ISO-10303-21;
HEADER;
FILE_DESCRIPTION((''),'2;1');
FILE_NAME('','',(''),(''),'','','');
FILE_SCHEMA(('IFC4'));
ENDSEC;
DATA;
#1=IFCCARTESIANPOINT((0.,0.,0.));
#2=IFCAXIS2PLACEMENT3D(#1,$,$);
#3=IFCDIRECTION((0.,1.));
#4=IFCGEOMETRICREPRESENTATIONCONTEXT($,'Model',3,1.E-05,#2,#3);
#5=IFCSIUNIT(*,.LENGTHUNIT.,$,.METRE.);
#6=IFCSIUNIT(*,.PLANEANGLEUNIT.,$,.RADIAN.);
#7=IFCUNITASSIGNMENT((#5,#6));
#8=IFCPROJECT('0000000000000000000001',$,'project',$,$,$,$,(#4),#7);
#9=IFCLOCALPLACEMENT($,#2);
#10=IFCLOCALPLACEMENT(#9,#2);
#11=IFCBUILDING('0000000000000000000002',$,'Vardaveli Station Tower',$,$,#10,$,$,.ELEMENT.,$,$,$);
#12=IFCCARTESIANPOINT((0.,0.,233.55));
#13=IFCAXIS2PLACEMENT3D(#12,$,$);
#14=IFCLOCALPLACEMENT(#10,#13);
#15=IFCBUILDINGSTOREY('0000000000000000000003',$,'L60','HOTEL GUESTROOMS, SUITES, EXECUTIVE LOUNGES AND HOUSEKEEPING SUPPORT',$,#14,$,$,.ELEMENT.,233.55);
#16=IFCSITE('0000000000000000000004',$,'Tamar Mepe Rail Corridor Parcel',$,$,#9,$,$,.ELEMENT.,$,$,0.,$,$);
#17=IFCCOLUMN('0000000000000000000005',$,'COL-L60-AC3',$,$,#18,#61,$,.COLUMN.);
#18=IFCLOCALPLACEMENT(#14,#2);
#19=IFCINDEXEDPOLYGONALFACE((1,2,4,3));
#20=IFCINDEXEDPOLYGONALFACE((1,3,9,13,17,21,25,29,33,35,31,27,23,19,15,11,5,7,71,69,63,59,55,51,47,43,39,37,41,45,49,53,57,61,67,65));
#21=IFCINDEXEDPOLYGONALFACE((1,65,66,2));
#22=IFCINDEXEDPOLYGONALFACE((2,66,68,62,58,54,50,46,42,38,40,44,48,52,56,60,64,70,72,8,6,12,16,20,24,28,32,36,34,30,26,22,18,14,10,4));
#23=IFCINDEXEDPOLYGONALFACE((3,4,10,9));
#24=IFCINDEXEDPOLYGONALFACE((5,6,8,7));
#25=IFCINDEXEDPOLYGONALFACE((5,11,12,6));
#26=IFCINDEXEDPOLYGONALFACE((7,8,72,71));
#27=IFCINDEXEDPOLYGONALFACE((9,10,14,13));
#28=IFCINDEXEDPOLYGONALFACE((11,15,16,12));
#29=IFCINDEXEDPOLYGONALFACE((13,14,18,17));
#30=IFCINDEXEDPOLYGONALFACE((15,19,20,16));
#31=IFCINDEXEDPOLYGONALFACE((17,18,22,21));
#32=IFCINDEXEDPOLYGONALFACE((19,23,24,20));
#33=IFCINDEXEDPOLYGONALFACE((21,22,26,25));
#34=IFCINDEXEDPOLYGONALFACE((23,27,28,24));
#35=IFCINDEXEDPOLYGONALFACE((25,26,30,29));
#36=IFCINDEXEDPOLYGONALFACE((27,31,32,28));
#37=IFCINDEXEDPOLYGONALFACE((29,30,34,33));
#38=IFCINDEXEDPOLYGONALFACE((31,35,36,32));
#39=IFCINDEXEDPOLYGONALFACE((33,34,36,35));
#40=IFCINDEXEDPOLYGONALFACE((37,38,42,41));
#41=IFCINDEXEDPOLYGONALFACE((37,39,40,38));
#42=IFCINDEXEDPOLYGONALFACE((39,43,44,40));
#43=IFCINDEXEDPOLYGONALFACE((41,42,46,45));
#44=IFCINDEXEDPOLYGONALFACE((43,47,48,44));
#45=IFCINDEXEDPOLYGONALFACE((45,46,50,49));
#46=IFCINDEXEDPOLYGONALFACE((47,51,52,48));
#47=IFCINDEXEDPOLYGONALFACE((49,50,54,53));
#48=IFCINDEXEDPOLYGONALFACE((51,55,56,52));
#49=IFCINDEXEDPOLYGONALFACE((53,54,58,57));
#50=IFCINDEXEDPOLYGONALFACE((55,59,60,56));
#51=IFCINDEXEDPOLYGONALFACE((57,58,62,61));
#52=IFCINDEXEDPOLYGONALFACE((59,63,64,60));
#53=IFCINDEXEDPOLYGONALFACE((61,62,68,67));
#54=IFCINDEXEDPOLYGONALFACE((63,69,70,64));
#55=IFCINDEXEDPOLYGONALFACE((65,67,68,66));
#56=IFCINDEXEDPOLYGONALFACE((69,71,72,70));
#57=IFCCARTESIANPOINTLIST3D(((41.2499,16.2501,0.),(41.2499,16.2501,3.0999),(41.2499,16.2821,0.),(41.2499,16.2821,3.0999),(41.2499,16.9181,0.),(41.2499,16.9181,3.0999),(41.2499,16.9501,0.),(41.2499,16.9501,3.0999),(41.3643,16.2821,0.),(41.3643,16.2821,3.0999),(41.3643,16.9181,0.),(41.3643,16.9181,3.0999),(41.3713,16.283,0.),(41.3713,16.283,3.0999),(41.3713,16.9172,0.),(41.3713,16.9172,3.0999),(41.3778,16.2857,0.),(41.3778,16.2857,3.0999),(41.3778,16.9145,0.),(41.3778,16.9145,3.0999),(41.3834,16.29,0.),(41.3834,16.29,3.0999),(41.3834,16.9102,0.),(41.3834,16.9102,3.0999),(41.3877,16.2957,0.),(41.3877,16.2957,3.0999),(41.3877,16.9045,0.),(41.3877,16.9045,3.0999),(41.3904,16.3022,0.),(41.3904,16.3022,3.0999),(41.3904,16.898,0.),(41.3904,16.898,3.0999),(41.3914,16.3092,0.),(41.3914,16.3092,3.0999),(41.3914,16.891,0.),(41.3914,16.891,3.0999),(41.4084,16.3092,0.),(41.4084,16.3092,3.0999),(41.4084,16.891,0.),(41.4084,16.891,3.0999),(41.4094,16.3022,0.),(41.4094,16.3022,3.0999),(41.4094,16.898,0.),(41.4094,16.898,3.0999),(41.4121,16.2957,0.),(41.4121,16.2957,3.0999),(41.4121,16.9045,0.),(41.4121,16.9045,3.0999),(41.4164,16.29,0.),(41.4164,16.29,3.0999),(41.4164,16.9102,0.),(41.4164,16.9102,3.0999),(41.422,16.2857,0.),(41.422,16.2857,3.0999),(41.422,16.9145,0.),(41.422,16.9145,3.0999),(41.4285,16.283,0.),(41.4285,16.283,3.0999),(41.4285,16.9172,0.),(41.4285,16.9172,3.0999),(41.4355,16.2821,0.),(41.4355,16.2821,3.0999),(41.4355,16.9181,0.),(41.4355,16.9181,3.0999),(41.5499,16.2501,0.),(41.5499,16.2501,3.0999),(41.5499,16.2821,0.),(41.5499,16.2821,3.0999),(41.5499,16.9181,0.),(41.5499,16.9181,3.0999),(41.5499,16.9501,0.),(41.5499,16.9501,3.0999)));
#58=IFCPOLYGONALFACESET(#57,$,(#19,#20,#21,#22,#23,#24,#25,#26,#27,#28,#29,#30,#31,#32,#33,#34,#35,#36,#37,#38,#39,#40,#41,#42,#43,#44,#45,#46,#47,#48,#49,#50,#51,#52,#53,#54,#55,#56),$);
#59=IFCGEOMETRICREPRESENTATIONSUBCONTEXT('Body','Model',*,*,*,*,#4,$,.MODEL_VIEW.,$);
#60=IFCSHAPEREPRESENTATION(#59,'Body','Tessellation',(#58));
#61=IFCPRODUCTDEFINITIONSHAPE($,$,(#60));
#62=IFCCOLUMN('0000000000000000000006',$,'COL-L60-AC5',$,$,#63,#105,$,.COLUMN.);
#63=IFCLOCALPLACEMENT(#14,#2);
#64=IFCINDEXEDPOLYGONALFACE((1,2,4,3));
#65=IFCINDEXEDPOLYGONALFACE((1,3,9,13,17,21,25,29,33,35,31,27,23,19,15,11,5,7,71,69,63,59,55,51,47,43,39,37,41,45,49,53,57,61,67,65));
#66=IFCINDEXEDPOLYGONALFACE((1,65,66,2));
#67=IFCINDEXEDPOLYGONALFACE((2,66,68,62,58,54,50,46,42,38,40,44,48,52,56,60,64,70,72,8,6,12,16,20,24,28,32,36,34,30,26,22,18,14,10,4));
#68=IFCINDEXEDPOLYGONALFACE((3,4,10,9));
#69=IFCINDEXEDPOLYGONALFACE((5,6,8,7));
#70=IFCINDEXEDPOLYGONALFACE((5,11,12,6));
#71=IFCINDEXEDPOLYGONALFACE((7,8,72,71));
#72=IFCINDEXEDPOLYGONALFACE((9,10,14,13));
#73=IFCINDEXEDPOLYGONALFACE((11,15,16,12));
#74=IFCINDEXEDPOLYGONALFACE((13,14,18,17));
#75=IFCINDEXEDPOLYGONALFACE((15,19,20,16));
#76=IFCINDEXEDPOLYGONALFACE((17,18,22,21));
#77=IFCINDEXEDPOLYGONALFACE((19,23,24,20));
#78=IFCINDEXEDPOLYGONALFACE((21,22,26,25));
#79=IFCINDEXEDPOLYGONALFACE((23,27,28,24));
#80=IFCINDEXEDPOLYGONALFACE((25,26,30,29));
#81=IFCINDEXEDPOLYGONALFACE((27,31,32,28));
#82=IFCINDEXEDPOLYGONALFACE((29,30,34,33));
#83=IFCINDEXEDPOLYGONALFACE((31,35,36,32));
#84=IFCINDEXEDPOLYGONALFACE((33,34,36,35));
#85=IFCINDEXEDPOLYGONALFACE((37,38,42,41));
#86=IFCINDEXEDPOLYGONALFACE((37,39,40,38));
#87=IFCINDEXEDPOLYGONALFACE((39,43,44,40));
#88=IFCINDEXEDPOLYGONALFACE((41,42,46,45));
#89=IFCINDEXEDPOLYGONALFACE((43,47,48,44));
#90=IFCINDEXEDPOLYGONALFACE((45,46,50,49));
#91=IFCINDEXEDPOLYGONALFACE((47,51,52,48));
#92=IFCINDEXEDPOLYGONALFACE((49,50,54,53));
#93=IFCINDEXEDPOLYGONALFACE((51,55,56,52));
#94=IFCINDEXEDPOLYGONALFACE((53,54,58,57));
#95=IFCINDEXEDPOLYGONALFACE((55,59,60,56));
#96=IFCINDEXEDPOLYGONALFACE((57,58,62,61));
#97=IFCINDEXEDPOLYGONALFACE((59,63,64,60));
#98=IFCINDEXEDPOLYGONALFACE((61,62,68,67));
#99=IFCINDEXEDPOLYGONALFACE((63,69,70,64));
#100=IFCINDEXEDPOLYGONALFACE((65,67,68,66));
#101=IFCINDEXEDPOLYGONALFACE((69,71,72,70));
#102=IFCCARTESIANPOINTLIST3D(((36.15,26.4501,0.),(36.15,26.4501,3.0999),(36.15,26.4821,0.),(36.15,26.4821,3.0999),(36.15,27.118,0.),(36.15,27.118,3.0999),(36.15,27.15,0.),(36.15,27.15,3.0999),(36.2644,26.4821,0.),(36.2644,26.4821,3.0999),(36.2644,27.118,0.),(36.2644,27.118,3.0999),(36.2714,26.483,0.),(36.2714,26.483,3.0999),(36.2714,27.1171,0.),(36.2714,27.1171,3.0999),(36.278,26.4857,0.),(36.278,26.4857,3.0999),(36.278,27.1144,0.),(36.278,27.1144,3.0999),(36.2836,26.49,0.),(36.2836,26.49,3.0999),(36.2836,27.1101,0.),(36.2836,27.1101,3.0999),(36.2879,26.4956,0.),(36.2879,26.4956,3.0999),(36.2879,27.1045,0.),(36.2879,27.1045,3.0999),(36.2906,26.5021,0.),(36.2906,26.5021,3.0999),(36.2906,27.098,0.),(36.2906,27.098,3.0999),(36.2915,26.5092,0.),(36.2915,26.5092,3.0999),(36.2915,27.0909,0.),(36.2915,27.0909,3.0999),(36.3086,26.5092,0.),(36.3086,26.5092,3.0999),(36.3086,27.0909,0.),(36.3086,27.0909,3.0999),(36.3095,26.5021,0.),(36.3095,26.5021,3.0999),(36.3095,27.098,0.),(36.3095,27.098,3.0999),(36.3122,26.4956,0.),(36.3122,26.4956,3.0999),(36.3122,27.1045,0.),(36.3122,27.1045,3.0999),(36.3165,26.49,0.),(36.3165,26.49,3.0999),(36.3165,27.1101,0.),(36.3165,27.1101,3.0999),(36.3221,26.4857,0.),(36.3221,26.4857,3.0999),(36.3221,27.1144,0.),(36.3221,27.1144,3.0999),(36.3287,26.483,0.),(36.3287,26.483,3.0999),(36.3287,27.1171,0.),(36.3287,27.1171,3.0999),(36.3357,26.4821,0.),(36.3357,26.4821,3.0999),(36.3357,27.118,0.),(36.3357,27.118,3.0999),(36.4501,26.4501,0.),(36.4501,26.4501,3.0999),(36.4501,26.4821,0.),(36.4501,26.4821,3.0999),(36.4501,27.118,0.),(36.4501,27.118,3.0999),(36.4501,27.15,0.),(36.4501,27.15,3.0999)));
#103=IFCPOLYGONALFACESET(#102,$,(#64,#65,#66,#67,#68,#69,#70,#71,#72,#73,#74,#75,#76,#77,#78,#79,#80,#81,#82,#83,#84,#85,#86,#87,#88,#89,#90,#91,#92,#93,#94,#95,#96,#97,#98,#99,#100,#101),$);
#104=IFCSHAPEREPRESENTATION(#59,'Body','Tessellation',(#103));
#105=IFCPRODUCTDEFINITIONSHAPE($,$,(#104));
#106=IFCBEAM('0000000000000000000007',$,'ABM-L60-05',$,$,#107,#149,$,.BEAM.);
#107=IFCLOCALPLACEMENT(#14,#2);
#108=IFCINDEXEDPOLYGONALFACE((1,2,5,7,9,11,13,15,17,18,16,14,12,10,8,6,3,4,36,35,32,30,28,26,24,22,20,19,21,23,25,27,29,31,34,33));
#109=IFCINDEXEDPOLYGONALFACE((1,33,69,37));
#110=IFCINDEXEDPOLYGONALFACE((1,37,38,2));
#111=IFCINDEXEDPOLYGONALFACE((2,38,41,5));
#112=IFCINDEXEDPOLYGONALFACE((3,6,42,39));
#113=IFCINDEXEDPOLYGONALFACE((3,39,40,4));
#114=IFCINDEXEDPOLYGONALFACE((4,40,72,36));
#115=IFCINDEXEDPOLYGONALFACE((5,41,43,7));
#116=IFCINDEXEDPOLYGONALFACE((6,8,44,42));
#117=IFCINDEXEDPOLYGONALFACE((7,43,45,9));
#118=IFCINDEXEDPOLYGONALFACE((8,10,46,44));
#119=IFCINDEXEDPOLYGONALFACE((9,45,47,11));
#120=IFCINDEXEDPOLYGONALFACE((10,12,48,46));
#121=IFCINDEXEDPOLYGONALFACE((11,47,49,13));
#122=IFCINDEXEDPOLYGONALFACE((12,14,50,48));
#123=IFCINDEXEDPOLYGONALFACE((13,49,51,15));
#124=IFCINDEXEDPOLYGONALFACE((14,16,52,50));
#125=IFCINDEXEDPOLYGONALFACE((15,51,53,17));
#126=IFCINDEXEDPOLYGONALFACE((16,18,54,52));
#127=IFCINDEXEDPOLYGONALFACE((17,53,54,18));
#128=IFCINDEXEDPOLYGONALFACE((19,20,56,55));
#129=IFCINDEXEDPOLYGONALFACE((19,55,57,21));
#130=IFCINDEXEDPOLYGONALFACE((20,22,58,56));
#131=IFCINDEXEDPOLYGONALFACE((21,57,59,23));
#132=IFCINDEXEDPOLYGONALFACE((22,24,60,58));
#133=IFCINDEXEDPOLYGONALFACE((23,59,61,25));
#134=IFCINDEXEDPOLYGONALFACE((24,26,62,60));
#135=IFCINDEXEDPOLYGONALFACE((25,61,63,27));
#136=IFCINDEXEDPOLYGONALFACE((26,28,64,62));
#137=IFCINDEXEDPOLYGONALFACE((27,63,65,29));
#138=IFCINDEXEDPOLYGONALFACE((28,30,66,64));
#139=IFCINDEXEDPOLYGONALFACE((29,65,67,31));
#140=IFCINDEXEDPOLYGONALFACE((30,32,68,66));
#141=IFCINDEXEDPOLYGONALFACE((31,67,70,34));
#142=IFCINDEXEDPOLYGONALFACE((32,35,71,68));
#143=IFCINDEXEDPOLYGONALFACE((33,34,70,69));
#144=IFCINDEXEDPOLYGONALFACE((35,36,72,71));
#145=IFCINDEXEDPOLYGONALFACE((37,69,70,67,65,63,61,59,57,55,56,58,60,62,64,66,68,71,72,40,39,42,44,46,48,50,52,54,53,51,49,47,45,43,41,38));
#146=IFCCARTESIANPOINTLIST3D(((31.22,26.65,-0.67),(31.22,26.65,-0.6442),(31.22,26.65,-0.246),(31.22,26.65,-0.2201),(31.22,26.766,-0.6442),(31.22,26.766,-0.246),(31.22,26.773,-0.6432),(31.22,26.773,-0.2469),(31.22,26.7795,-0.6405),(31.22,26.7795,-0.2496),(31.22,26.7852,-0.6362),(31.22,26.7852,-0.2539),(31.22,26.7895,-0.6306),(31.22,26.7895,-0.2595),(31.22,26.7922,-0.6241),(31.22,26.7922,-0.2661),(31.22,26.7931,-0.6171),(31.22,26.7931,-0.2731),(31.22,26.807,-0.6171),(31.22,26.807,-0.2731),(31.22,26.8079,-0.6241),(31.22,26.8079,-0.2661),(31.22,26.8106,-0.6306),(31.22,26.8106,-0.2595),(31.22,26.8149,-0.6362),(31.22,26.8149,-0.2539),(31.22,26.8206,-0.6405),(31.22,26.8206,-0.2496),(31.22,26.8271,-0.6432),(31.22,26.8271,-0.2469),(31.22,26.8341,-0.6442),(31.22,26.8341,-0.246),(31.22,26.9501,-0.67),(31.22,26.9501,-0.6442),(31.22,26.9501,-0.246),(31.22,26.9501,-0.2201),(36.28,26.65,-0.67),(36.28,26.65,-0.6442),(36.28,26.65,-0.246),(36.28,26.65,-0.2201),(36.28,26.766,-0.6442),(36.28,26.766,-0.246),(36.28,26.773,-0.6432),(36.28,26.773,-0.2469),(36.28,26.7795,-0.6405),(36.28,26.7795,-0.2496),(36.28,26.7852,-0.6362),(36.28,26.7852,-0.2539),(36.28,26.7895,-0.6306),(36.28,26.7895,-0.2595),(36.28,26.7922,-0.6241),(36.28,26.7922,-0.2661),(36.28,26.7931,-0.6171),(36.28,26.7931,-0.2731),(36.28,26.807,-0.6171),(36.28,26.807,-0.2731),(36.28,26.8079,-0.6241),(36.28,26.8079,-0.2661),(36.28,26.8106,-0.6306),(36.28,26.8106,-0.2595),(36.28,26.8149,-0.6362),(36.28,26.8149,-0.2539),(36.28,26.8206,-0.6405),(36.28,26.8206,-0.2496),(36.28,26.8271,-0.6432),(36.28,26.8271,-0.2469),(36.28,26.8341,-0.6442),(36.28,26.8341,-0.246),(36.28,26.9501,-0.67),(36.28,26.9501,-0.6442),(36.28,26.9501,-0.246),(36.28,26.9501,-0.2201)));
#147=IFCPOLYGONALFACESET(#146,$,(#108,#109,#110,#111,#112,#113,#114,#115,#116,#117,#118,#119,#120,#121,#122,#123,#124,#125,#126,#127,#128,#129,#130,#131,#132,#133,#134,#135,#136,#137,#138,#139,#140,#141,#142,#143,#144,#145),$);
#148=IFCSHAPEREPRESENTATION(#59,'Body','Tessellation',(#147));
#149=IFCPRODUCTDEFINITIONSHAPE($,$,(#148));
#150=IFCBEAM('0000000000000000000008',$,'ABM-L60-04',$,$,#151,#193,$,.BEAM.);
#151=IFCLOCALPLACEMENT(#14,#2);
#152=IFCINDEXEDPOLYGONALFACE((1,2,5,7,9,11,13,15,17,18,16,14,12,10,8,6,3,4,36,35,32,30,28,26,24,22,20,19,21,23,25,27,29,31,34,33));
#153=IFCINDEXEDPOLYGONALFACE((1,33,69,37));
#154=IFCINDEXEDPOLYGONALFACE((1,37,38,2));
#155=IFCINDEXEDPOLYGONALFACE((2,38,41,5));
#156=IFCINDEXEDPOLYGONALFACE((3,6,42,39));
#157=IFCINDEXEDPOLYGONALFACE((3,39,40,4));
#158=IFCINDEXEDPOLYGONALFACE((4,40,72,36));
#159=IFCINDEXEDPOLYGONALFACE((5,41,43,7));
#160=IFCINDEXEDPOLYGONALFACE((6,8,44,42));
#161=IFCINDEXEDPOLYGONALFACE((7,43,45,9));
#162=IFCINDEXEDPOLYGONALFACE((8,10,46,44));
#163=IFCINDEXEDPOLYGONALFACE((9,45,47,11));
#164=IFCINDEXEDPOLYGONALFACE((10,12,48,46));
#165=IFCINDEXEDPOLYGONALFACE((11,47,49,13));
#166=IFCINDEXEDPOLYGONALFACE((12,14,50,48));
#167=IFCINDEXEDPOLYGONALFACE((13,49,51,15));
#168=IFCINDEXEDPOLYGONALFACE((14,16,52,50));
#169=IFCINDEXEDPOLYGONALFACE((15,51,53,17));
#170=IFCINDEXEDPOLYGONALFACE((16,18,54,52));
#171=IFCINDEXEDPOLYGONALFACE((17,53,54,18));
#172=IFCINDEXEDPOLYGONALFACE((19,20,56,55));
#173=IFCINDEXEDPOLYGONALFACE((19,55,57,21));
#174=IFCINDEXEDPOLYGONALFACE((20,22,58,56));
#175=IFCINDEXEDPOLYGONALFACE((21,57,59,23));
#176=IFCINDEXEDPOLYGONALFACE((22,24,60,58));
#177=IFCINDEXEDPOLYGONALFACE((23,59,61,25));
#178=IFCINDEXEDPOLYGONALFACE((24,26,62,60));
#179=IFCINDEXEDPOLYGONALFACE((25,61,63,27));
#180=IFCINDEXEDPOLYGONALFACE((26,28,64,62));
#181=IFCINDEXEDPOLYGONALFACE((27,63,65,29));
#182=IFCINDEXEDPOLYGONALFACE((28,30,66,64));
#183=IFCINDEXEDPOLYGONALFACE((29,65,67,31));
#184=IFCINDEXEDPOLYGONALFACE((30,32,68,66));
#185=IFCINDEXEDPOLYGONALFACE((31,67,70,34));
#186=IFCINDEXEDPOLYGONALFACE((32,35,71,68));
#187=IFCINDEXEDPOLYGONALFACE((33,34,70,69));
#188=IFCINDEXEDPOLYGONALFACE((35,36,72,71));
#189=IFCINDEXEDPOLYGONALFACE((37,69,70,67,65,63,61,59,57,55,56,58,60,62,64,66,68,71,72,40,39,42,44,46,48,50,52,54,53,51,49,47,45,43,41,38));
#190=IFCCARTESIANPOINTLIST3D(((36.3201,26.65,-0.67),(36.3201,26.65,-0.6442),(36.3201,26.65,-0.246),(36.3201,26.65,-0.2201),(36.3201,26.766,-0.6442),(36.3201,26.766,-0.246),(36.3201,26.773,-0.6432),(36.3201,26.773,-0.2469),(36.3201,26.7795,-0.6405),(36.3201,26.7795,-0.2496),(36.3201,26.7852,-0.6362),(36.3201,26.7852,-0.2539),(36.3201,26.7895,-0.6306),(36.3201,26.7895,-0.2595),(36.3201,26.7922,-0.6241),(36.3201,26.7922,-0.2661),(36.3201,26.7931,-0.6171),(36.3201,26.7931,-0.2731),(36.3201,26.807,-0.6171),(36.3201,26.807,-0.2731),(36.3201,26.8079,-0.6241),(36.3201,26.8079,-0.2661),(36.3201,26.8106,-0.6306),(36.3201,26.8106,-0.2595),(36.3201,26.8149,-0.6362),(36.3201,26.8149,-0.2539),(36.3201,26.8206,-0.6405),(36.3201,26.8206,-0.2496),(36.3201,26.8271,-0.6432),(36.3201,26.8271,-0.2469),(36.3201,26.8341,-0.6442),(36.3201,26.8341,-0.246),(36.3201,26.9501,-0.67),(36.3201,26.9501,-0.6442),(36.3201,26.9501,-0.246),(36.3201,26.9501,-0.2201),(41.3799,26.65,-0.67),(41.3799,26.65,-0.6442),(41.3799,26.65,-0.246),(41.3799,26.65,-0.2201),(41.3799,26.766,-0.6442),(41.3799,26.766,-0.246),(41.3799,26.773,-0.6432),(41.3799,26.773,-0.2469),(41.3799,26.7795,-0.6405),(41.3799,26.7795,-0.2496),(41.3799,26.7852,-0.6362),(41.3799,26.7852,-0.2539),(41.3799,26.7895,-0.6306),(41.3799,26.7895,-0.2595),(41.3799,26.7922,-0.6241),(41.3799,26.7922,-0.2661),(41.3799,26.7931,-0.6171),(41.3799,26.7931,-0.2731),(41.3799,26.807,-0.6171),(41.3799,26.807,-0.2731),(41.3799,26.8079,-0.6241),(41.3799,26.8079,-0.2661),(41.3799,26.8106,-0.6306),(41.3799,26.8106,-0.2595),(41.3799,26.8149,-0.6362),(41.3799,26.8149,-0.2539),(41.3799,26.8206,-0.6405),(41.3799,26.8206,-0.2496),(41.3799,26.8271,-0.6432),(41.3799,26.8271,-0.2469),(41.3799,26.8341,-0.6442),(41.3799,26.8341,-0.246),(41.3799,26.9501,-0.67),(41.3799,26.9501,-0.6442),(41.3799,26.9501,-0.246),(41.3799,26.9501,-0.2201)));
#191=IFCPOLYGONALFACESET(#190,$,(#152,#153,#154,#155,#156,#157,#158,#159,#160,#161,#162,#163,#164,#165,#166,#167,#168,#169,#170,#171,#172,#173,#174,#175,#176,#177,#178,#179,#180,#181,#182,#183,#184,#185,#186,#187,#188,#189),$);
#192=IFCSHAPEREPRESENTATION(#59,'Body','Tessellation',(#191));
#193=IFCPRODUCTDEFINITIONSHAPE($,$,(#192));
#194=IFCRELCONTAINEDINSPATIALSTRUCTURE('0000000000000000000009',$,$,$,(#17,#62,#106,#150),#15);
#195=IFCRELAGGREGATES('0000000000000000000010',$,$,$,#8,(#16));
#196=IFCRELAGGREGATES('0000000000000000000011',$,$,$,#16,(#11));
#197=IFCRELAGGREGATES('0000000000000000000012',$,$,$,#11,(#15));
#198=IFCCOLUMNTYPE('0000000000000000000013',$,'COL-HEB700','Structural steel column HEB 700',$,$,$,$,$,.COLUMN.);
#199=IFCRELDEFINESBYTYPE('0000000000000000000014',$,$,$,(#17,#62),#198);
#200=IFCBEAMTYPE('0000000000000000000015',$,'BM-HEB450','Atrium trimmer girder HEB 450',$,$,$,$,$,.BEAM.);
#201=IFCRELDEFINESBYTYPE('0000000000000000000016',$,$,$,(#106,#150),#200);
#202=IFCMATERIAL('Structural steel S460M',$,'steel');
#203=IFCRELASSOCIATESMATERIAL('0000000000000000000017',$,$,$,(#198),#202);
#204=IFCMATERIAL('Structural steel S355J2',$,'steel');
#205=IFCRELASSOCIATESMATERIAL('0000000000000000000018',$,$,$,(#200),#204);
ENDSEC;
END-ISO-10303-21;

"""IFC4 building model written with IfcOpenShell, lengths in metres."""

from ifc_helpers import new_model, si_unit, direction, frame, origin, origin_2d, place, context, subcontext, project, spatial, i_section, extrude, source, transform, mapped, material, material_profile, profile_set, type_object, element, save


model = new_model("IFC4")

# Units and contexts
model_context = context("Model", 3, precision=1e-05, world=origin(), true_north=direction((0.0, 1.0)))
body_context = subcontext(model_context, "Body", "Model", "MODEL_VIEW")
ifc_project = project(units=[si_unit("LENGTHUNIT", "METRE"), si_unit("PLANEANGLEUNIT", "RADIAN")], contexts=[model_context])

# Site, building, storey
site_placement = place(None, origin())
site = spatial("IfcSite", under=ifc_project, at=site_placement, Name="Tamar Mepe Rail Corridor Parcel", CompositionType="ELEMENT", RefElevation=0.0)
building_placement = place(site_placement, origin())
building = spatial("IfcBuilding", under=site, at=building_placement, Name="Vardaveli Station Tower", CompositionType="ELEMENT")
storey_placement = place(building_placement, frame((0.0, 0.0, 233.55)))
storey = spatial("IfcBuildingStorey", under=building, at=storey_placement, Name="L60", Description="HOTEL GUESTROOMS, SUITES, EXECUTIVE LOUNGES AND HOUSEKEEPING SUPPORT", CompositionType="ELEMENT", Elevation=233.55)

# Columns
ifc_material_1 = material(Name="Structural steel S460M", Category="steel")
ifc_material_profile_1 = material_profile(ifc_material_1, i_section(OverallWidth=0.3, OverallDepth=0.7, WebThickness=0.0171, FlangeThickness=0.032, FilletRadius=0.0271, at=origin_2d()), Name="HEB 700")
ifc_profile_set_1 = profile_set([ifc_material_profile_1], Name="Structural steel S460M")
column_type = type_object("IfcColumnType", Name="COL-HEB700", Description="Structural steel column HEB 700", PredefinedType="COLUMN", material=ifc_profile_set_1)
shared_shape_1 = source(origin(), body_context, "Body", "SweptSolid", [
    extrude(i_section(OverallWidth=0.3, OverallDepth=0.7, WebThickness=0.0171, FlangeThickness=0.032, FilletRadius=0.0271, at=origin_2d()), origin(), (0.0, 0.0, 1.0), 3.0999),
])
for number, where, z_axis, x_axis, name in (
    (1, (41.3999, 16.6001, 0.0), (0.0, 0.0, 1.0), (1.0, 0.0, 0.0), "COL-L60-AC3"),
    (2, (36.3, 26.8, 0.0), (0.0, 0.0, 1.0), (1.0, 0.0, 0.0), "COL-L60-AC5"),
):
    element("IfcColumn", number, at=place(storey_placement, frame(where, z_axis=z_axis, x_axis=x_axis)), inside=storey, type_object=column_type, Name=name, PredefinedType="COLUMN", context=body_context, shape_type="MappedRepresentation", body=[
        mapped(shared_shape_1, transform((0.0, 0.0, 0.0), scale=1.0)),
    ])

# Beams
ifc_material_2 = material(Name="Structural steel S355J2", Category="steel")
ifc_material_profile_2 = material_profile(ifc_material_2, i_section(OverallWidth=0.3, OverallDepth=0.45, WebThickness=0.0139, FlangeThickness=0.0259, FilletRadius=0.0271, at=origin_2d()), Name="HEB 450")
ifc_profile_set_2 = profile_set([ifc_material_profile_2], Name="Structural steel S355J2")
beam_type = type_object("IfcBeamType", Name="BM-HEB450", Description="Atrium trimmer girder HEB 450", PredefinedType="BEAM", material=ifc_profile_set_2)
shared_shape_2 = source(origin(), body_context, "Body", "SweptSolid", [
    extrude(i_section(OverallWidth=0.3, OverallDepth=0.45, WebThickness=0.0139, FlangeThickness=0.0259, FilletRadius=0.0271, at=origin_2d()), origin(), (0.0, 0.0, 1.0), 5.0601),
])
beam_1_placement = place(storey_placement, frame((36.28, 26.8, -0.4451), z_axis=(-1.0, 0.0, 0.0), x_axis=(0.0, -1.0, 0.0)))
element("IfcBeam", 3, at=beam_1_placement, inside=storey, type_object=beam_type, Name="ABM-L60-05", PredefinedType="BEAM", context=body_context, shape_type="MappedRepresentation", body=[
    mapped(shared_shape_2, transform((0.0, 0.0, 0.0), scale=1.0)),
])
shared_shape_3 = source(origin(), body_context, "Body", "SweptSolid", [
    extrude(i_section(OverallWidth=0.3, OverallDepth=0.45, WebThickness=0.0139, FlangeThickness=0.0259, FilletRadius=0.0271, at=origin_2d()), origin(), (0.0, 0.0, 1.0), 5.0598),
])
beam_2_placement = place(storey_placement, frame((41.3799, 26.8, -0.4451), z_axis=(-1.0, 0.0, 0.0), x_axis=(0.0, -1.0, 0.0)))
element("IfcBeam", 4, at=beam_2_placement, inside=storey, type_object=beam_type, Name="ABM-L60-04", PredefinedType="BEAM", context=body_context, shape_type="MappedRepresentation", body=[
    mapped(shared_shape_3, transform((0.0, 0.0, 0.0), scale=1.0)),
])

save(model, "model.ifc")
